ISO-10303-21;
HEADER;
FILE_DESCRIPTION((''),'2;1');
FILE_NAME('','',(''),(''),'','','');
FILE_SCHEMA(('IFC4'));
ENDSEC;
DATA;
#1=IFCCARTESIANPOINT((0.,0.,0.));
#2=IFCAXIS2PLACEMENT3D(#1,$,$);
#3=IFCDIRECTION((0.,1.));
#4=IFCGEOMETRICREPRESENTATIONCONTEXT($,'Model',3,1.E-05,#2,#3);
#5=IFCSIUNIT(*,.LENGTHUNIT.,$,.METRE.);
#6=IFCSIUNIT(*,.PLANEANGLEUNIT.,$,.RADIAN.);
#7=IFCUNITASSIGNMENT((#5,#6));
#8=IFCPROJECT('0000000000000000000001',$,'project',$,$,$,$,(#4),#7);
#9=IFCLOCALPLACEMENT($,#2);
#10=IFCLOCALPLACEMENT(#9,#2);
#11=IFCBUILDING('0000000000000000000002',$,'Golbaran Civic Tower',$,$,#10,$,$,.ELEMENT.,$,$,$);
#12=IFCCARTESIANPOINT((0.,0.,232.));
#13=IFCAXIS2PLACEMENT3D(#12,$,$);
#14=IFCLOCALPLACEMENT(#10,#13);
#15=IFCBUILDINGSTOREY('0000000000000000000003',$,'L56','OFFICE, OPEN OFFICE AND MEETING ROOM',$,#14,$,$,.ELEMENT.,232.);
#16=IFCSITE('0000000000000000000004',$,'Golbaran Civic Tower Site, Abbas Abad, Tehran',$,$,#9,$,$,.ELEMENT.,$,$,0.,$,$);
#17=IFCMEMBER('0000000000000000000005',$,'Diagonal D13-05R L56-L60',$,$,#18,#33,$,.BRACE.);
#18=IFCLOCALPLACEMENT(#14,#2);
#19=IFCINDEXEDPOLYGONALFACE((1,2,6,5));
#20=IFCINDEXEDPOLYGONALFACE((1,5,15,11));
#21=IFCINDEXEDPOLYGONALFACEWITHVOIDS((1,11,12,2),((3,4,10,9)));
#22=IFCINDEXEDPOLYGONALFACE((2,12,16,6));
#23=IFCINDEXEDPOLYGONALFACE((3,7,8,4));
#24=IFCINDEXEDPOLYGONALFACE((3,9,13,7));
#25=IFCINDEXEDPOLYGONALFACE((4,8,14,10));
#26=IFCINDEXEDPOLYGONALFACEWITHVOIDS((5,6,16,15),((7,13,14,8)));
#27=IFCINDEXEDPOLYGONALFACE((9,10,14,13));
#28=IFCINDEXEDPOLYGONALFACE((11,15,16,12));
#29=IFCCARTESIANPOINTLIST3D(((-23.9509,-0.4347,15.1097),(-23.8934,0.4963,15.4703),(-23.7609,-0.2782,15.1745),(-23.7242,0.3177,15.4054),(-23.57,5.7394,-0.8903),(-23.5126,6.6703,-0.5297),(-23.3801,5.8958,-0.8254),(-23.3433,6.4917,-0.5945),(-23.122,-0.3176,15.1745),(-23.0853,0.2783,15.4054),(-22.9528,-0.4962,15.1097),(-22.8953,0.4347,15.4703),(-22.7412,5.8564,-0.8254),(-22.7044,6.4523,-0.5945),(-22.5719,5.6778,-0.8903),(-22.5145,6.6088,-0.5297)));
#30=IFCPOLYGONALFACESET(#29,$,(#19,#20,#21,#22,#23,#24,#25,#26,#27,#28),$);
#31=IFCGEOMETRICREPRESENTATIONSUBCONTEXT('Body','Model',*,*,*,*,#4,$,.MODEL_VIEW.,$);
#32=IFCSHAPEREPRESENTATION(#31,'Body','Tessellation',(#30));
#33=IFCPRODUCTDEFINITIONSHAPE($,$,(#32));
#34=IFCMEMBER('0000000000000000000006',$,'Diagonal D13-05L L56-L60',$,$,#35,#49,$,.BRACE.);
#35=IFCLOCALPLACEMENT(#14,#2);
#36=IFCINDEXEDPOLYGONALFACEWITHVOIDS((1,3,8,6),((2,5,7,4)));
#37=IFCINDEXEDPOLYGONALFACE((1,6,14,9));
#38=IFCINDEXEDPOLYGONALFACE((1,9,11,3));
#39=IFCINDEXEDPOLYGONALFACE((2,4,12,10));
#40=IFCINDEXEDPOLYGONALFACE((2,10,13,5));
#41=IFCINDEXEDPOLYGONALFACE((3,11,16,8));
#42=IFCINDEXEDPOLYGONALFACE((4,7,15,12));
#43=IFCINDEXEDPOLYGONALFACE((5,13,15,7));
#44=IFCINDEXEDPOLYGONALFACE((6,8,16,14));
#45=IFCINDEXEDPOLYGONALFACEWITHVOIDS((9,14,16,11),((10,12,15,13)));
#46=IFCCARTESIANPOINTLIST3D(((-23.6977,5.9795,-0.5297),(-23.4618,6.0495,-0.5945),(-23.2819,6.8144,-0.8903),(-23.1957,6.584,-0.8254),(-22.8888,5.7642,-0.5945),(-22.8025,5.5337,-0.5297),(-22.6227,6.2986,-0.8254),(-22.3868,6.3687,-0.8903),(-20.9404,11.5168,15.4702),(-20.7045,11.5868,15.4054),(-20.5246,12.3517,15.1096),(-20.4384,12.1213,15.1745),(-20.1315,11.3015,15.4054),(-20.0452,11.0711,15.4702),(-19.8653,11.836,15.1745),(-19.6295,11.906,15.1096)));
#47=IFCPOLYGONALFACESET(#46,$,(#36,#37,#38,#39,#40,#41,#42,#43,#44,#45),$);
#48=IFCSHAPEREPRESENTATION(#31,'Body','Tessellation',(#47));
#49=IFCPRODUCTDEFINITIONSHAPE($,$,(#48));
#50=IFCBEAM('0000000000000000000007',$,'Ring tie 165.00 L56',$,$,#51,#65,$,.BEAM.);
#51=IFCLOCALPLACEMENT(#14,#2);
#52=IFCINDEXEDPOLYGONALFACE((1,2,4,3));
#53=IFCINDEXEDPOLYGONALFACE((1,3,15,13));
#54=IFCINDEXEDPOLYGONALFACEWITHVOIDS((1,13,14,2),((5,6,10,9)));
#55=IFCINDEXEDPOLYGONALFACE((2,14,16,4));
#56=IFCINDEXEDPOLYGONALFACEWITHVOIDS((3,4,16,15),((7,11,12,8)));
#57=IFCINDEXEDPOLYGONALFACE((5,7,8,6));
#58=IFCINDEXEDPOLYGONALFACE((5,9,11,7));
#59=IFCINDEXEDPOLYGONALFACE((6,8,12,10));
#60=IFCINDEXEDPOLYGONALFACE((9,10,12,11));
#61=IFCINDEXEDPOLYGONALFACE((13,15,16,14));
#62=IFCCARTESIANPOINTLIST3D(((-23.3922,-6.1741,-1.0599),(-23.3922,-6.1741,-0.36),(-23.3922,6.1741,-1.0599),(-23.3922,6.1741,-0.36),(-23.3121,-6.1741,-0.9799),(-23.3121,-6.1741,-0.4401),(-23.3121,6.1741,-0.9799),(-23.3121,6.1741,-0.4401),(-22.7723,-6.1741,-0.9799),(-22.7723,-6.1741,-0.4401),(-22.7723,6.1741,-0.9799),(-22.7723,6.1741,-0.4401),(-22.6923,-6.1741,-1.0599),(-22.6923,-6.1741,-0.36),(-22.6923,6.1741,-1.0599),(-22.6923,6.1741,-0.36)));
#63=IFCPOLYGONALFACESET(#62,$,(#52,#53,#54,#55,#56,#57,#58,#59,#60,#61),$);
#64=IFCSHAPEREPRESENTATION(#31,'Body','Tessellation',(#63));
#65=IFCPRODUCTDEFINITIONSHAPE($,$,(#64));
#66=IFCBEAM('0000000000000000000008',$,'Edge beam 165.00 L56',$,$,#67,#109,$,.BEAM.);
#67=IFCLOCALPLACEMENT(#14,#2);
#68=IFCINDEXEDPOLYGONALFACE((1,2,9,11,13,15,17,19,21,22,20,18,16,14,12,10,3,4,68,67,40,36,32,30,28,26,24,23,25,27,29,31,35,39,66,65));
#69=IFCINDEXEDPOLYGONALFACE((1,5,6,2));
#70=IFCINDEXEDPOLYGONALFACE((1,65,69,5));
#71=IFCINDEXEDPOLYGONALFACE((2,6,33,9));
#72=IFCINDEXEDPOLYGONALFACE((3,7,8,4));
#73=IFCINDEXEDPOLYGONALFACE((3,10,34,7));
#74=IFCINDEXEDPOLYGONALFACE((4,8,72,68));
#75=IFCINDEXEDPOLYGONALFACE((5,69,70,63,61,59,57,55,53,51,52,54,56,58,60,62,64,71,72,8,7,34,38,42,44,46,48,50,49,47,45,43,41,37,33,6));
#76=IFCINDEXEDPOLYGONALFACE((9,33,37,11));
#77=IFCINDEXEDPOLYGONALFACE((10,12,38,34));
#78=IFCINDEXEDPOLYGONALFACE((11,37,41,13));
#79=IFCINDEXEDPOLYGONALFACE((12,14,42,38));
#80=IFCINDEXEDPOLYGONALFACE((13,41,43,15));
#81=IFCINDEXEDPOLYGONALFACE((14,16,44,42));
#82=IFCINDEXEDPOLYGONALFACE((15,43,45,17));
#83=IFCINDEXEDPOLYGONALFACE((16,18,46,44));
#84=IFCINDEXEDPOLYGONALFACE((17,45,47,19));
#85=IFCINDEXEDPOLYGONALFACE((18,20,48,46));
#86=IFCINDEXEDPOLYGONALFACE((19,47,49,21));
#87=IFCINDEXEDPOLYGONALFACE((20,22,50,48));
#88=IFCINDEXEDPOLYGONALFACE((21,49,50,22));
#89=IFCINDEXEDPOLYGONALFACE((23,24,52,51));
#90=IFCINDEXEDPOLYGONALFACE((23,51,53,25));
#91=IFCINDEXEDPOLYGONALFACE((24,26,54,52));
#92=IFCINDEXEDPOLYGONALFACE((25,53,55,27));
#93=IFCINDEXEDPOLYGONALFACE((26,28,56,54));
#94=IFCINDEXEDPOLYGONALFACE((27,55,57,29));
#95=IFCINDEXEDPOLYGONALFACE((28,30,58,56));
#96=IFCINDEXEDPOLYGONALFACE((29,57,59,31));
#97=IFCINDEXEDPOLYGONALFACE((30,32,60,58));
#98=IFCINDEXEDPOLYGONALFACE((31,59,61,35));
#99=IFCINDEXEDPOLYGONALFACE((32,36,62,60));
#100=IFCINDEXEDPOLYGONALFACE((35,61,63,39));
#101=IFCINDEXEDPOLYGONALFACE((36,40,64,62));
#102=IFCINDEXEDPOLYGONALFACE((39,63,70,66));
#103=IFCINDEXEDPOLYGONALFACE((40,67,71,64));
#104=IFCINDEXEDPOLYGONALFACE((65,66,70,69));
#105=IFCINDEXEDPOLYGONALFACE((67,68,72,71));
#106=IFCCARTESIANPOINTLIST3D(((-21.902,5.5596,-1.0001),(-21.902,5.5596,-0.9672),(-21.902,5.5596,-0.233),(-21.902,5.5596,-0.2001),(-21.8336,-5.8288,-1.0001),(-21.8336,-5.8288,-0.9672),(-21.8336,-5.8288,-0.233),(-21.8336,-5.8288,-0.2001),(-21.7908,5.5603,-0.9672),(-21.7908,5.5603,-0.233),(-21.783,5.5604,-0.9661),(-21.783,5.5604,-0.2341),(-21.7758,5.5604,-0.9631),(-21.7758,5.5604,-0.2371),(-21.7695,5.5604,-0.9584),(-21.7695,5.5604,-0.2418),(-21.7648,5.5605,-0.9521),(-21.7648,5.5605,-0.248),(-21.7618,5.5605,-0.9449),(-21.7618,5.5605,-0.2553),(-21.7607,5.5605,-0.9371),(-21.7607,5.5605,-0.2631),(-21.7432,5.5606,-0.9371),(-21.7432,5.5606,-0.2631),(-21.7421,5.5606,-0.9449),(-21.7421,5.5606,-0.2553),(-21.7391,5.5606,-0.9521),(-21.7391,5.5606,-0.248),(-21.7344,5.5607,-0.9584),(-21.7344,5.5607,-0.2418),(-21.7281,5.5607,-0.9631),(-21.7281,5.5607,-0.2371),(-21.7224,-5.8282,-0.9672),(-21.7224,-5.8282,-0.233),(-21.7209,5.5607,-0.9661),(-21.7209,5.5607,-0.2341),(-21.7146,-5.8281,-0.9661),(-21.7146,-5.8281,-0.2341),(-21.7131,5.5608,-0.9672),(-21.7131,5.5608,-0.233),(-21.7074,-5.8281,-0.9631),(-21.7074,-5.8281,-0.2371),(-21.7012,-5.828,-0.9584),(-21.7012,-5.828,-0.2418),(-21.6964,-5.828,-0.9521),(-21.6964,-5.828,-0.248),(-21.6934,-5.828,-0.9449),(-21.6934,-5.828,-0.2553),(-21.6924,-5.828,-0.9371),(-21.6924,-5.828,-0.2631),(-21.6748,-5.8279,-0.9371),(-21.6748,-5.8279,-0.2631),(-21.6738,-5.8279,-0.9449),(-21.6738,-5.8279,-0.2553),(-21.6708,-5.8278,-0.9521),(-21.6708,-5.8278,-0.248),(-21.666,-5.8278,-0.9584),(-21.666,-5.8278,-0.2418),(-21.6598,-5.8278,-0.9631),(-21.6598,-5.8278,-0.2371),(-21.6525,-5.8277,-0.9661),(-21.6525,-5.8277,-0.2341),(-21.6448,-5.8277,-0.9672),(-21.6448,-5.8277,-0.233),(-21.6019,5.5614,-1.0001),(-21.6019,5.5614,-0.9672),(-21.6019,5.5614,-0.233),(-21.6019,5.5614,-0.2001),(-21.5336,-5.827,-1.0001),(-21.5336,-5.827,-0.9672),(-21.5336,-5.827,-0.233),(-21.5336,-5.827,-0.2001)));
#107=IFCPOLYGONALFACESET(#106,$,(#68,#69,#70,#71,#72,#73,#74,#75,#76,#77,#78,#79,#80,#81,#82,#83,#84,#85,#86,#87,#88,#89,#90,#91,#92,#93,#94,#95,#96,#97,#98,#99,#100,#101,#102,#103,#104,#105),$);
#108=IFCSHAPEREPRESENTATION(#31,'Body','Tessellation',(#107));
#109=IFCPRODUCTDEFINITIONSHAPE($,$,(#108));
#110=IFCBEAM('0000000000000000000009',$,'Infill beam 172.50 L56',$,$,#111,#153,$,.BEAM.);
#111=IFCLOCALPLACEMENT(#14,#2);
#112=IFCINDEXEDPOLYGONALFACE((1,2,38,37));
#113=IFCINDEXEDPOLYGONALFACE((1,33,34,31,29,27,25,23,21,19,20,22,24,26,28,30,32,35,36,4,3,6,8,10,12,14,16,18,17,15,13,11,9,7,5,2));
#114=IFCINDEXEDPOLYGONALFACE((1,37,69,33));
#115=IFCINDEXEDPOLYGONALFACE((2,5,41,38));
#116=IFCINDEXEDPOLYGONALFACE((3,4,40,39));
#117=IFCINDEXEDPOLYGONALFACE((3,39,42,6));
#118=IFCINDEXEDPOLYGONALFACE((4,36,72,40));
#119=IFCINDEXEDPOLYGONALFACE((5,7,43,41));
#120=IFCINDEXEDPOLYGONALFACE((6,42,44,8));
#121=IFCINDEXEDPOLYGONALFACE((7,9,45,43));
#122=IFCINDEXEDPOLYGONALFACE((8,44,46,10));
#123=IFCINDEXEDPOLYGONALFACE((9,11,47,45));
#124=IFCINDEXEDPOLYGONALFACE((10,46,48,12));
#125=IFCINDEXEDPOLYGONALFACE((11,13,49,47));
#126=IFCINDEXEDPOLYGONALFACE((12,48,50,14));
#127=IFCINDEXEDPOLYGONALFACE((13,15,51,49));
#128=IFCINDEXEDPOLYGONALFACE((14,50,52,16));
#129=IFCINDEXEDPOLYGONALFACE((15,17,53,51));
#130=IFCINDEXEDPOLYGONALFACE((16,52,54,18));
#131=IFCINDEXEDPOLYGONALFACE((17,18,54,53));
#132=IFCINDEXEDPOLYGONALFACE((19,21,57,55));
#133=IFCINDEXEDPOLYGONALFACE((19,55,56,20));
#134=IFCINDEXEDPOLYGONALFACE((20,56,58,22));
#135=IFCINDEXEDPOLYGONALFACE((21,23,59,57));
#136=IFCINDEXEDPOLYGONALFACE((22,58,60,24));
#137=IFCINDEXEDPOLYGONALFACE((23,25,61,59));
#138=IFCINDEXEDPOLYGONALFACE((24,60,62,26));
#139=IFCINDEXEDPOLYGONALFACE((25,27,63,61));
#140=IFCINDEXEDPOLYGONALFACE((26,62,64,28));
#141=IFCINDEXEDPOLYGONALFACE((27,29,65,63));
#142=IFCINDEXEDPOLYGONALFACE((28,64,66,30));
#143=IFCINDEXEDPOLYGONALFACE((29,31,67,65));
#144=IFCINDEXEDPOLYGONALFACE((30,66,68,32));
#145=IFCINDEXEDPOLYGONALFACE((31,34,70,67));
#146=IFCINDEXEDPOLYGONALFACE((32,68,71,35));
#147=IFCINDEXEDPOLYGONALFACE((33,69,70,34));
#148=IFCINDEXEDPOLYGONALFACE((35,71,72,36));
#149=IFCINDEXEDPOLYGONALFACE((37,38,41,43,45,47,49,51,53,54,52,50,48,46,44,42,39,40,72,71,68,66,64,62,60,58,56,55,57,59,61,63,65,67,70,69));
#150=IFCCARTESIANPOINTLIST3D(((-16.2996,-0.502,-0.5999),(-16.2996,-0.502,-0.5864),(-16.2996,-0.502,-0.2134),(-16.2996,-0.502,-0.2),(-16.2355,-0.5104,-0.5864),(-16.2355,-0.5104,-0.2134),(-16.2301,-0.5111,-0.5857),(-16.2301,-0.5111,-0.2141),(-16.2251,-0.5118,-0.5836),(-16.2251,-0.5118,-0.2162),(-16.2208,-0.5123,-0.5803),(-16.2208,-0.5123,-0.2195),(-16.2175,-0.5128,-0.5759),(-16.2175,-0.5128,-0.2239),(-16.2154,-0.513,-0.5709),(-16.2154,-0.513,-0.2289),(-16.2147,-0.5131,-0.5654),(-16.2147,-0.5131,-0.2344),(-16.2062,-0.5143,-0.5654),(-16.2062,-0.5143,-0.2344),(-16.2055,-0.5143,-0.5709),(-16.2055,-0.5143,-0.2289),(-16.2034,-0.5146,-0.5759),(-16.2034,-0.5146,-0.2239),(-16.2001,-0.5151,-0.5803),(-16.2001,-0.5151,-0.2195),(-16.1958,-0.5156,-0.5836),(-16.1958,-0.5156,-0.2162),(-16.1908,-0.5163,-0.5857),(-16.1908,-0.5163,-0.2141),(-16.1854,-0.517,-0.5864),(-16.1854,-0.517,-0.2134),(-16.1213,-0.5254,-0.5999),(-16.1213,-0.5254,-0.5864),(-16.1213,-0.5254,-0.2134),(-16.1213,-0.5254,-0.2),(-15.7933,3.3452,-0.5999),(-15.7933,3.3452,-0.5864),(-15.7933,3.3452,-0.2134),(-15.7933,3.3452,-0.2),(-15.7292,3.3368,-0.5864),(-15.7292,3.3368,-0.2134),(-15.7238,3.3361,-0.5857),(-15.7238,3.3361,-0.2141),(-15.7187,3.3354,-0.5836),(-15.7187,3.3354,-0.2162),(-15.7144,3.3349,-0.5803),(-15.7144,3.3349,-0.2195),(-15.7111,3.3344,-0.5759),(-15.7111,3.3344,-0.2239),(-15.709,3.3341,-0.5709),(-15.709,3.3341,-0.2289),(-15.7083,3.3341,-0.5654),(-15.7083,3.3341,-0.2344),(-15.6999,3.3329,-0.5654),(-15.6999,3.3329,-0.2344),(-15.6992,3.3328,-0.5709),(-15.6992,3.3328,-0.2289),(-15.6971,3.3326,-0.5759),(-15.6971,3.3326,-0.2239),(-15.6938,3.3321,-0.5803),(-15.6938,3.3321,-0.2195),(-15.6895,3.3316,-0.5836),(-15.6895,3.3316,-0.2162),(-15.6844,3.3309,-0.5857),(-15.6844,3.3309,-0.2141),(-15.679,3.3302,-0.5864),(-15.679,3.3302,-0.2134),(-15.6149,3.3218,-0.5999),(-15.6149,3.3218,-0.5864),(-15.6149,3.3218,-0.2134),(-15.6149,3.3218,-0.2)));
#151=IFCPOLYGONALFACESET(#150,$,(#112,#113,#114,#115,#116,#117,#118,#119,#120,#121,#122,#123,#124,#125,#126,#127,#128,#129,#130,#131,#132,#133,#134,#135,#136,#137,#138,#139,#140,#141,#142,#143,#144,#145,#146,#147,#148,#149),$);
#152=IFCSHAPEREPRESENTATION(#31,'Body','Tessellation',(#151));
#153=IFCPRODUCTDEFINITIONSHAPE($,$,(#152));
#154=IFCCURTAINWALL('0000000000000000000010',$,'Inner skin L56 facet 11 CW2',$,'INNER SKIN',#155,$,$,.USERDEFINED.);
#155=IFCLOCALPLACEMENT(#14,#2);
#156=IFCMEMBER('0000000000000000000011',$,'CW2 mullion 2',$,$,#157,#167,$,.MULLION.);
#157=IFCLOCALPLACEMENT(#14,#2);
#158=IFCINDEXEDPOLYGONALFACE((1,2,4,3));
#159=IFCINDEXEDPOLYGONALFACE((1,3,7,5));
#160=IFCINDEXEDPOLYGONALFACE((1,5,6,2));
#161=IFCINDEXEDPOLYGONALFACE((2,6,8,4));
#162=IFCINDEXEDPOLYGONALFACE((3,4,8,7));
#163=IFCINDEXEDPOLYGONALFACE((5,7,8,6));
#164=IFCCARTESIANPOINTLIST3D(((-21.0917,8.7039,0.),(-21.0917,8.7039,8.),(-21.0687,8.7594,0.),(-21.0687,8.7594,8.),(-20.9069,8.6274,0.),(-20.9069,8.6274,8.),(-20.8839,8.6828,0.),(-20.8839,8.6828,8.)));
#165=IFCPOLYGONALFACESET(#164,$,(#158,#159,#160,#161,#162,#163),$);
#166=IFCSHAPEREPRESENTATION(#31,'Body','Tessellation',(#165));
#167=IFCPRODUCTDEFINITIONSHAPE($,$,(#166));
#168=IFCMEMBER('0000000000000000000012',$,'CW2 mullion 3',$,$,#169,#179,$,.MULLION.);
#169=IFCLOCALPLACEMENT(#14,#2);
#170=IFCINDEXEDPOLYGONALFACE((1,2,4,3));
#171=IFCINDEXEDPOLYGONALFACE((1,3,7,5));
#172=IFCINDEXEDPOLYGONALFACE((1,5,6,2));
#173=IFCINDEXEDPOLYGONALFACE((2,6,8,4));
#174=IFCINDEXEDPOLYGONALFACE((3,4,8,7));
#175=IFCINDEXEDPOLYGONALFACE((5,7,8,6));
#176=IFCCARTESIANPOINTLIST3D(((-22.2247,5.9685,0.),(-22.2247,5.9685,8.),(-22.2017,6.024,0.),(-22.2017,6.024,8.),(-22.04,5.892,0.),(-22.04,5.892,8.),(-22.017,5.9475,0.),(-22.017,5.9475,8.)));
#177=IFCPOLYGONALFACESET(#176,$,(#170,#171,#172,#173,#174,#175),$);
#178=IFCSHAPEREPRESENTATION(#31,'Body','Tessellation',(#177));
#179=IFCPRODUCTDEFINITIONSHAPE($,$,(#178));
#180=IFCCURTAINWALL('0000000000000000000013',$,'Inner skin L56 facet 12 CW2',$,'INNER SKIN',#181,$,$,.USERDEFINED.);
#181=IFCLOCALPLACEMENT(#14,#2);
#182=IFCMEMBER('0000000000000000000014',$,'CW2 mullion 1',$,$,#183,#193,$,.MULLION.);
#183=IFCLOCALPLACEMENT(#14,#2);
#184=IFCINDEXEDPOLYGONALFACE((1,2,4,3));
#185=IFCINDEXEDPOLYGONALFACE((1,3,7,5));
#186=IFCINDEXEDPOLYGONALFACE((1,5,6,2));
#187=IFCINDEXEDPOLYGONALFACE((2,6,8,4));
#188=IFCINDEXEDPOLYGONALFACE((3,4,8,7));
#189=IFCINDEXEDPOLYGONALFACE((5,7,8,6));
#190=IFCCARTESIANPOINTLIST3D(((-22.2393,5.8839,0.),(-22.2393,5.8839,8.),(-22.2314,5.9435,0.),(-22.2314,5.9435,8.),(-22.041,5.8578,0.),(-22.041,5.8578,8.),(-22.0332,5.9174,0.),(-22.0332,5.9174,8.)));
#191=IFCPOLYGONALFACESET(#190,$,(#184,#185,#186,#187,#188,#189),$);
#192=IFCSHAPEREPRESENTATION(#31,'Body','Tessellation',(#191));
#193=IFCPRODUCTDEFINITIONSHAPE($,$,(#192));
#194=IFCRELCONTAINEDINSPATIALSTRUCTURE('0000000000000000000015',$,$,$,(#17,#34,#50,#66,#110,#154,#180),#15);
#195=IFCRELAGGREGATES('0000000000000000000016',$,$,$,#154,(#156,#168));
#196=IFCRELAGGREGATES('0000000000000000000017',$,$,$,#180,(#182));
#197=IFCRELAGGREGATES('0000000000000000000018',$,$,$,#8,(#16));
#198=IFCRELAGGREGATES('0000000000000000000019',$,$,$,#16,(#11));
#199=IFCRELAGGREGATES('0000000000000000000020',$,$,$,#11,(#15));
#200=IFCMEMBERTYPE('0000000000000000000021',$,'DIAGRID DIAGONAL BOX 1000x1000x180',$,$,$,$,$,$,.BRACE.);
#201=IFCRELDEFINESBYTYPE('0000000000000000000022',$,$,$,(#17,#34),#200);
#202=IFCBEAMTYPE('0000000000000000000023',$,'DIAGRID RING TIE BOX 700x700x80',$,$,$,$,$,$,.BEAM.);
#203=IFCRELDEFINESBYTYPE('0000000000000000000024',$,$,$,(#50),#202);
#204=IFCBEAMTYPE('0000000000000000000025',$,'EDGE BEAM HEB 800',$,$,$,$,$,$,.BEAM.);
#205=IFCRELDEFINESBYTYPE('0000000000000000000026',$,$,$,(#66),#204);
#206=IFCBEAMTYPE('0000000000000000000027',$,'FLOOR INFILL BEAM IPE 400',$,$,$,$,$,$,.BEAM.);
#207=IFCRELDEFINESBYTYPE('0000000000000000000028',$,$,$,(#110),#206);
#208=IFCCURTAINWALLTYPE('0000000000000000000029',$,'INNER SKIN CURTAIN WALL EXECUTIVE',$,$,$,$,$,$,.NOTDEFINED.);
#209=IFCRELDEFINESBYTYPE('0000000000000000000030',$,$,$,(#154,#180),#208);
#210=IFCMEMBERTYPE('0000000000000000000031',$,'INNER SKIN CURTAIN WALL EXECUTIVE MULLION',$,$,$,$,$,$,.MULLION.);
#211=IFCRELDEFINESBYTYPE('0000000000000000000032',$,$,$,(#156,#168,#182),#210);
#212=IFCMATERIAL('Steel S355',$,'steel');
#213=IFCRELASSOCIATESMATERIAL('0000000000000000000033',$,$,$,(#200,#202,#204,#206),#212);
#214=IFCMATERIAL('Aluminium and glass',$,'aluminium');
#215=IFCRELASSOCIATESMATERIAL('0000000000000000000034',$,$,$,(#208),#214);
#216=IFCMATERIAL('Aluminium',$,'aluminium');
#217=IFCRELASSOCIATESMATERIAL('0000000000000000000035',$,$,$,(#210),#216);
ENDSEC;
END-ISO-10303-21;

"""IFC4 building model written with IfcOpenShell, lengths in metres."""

from ifc_helpers import new_model, si_unit, direction, frame, origin, origin_2d, place, context, subcontext, project, spatial, rectangle, hollow_rectangle, i_section, extrude, material, material_profile, profile_set, type_object, element, aggregate, save


model = new_model("IFC4")

# Units and contexts
model_context = context("Model", 3, precision=1e-05, world=origin(), true_north=direction((0.0, 1.0)))
body_context = subcontext(model_context, "Body", "Model", "MODEL_VIEW")
ifc_project = project(units=[si_unit("LENGTHUNIT", "METRE"), si_unit("PLANEANGLEUNIT", "RADIAN")], contexts=[model_context])

# Site, building, storey
site_placement = place(None, origin())
site = spatial("IfcSite", under=ifc_project, at=site_placement, Name="Golbaran Civic Tower Site, Abbas Abad, Tehran", CompositionType="ELEMENT", RefElevation=0.0)
building_placement = place(site_placement, origin())
building = spatial("IfcBuilding", under=site, at=building_placement, Name="Golbaran Civic Tower", CompositionType="ELEMENT")
storey_placement = place(building_placement, frame((0.0, 0.0, 232.0)))
storey = spatial("IfcBuildingStorey", under=building, at=storey_placement, Name="L56", Description="OFFICE, OPEN OFFICE AND MEETING ROOM", CompositionType="ELEMENT", Elevation=232.0)

# Members
ifc_material_1 = material(Name="Steel S355", Category="steel")
ifc_material_profile_1 = material_profile(ifc_material_1, hollow_rectangle(XDim=1.0, YDim=1.0, WallThickness=0.1799, at=origin_2d()), Name="BOX 1000x1000x180")
ifc_profile_set_1 = profile_set([ifc_material_profile_1], Name="Steel S355")
member_type_1 = type_object("IfcMemberType", Name="DIAGRID DIAGONAL BOX 1000x1000x180", PredefinedType="BRACE", material=ifc_profile_set_1)
for number, where, z_axis, x_axis, name in (
    (1, (-23.0422, 6.1741, -0.71), (-0.022202, -0.359918, 0.93272), (0.998103, -0.06157, 0.0), "Diagonal D13-05R L56-L60"),
    (2, (-23.0422, 6.1741, -0.71), (0.160738, 0.3228, 0.932718), (-0.89516, 0.445745, 0.0), "Diagonal D13-05L L56-L60"),
):
    element("IfcMember", number, at=place(storey_placement, frame(where, z_axis=z_axis, x_axis=x_axis)), inside=storey, type_object=member_type_1, Name=name, PredefinedType="BRACE", context=body_context, shape_type="SweptSolid", body=[
        extrude(hollow_rectangle(XDim=1.0, YDim=1.0, WallThickness=0.1799, at=origin_2d()), origin(), (0.0, 0.0, 1.0), 17.1541),
    ])

# Beams
ifc_material_profile_2 = material_profile(ifc_material_1, hollow_rectangle(XDim=0.7, YDim=0.7, WallThickness=0.0801, at=origin_2d()), Name="BOX 700x700x80")
ifc_profile_set_2 = profile_set([ifc_material_profile_2], Name="Steel S355")
beam_type_1 = type_object("IfcBeamType", Name="DIAGRID RING TIE BOX 700x700x80", PredefinedType="BEAM", material=ifc_profile_set_2)
beam_1_placement = place(storey_placement, frame((-23.0422, 6.1741, -0.71), z_axis=(0.0, -1.0, 0.0), x_axis=(1.0, 0.0, 0.0)))
element("IfcBeam", 3, at=beam_1_placement, inside=storey, type_object=beam_type_1, Name="Ring tie 165.00 L56", PredefinedType="BEAM", context=body_context, shape_type="SweptSolid", body=[
    extrude(hollow_rectangle(XDim=0.7, YDim=0.7, WallThickness=0.0801, at=origin_2d()), origin(), (0.0, 0.0, 1.0), 12.3481),
])
ifc_material_profile_3 = material_profile(ifc_material_1, i_section(OverallWidth=0.3, OverallDepth=0.8, WebThickness=0.0176, FlangeThickness=0.033, FilletRadius=0.03, at=origin_2d()), Name="HEB 800")
ifc_profile_set_3 = profile_set([ifc_material_profile_3], Name="Steel S355")
beam_type_2 = type_object("IfcBeamType", Name="EDGE BEAM HEB 800", PredefinedType="BEAM", material=ifc_profile_set_3)
beam_2_placement = place(storey_placement, frame((-21.752, 5.5605, -0.6001), z_axis=(0.006002, -0.999982, 0.0), x_axis=(0.999982, 0.006002, 0.0)))
element("IfcBeam", 4, at=beam_2_placement, inside=storey, type_object=beam_type_2, Name="Edge beam 165.00 L56", PredefinedType="BEAM", context=body_context, shape_type="SweptSolid", body=[
    extrude(i_section(OverallWidth=0.3, OverallDepth=0.8, WebThickness=0.0176, FlangeThickness=0.033, FilletRadius=0.03, at=origin_2d()), origin(), (0.0, 0.0, 1.0), 11.3887),
])
ifc_material_profile_4 = material_profile(ifc_material_1, i_section(OverallWidth=0.1799, OverallDepth=0.3999, WebThickness=0.0085, FlangeThickness=0.0134, FilletRadius=0.021, at=origin_2d()), Name="IPE 400")
ifc_profile_set_4 = profile_set([ifc_material_profile_4], Name="Steel S355")
beam_type_3 = type_object("IfcBeamType", Name="FLOOR INFILL BEAM IPE 400", PredefinedType="BEAM", material=ifc_profile_set_4)
beam_3_placement = place(storey_placement, frame((-15.7041, 3.3335, -0.3999), z_axis=(-0.13049, -0.99145, 0.0), x_axis=(0.99145, -0.13049, 0.0)))
element("IfcBeam", 5, at=beam_3_placement, inside=storey, type_object=beam_type_3, Name="Infill beam 172.50 L56", PredefinedType="BEAM", context=body_context, shape_type="SweptSolid", body=[
    extrude(i_section(OverallWidth=0.1799, OverallDepth=0.3999, WebThickness=0.0085, FlangeThickness=0.0134, FilletRadius=0.021, at=origin_2d()), origin(), (0.0, 0.0, 1.0), 3.8804),
])

# Curtain walls, members
ifc_material_2 = material(Name="Aluminium and glass", Category="aluminium")
curtain_wall_type_1 = type_object("IfcCurtainWallType", Name="INNER SKIN CURTAIN WALL EXECUTIVE", PredefinedType="NOTDEFINED", material=ifc_material_2)
curtain_wall_1_placement = place(storey_placement, origin())
curtain_wall_1 = element("IfcCurtainWall", 6, at=curtain_wall_1_placement, inside=storey, type_object=curtain_wall_type_1, Name="Inner skin L56 facet 11 CW2", ObjectType="INNER SKIN", PredefinedType="USERDEFINED")
ifc_material_3 = material(Name="Aluminium", Category="aluminium")
ifc_material_profile_5 = material_profile(ifc_material_3, rectangle(XDim=0.2, YDim=0.0601, at=origin_2d()), Name="INNER SKIN CURTAIN WALL EXECUTIVE MULLION")
ifc_profile_set_5 = profile_set([ifc_material_profile_5], Name="Aluminium")
member_type_2 = type_object("IfcMemberType", Name="INNER SKIN CURTAIN WALL EXECUTIVE MULLION", PredefinedType="MULLION", material=ifc_profile_set_5)
member_1_placement = place(storey_placement, frame((-20.9878, 8.6934, 0.0), z_axis=(0.0, 0.0, 1.0), x_axis=(0.92388, -0.382683, 0.0)))
member_1 = element("IfcMember", 7, at=member_1_placement, type_object=member_type_2, Name="CW2 mullion 2", PredefinedType="MULLION", context=body_context, shape_type="SweptSolid", body=[
    extrude(rectangle(XDim=0.2, YDim=0.0601, at=origin_2d()), origin(), (0.0, 0.0, 1.0), 8.0),
])
member_2_placement = place(storey_placement, frame((-22.1208, 5.958, 0.0), z_axis=(0.0, 0.0, 1.0), x_axis=(0.92388, -0.382683, 0.0)))
member_2 = element("IfcMember", 8, at=member_2_placement, type_object=member_type_2, Name="CW2 mullion 3", PredefinedType="MULLION", context=body_context, shape_type="SweptSolid", body=[
    extrude(rectangle(XDim=0.2, YDim=0.0601, at=origin_2d()), origin(), (0.0, 0.0, 1.0), 8.0),
])
curtain_wall_2_placement = place(storey_placement, origin())
curtain_wall_2 = element("IfcCurtainWall", 9, at=curtain_wall_2_placement, inside=storey, type_object=curtain_wall_type_1, Name="Inner skin L56 facet 12 CW2", ObjectType="INNER SKIN", PredefinedType="USERDEFINED")
member_3_placement = place(storey_placement, frame((-22.1362, 5.9006, 0.0), z_axis=(0.0, 0.0, 1.0), x_axis=(0.991445, -0.130526, 0.0)))
member_3 = element("IfcMember", 10, at=member_3_placement, type_object=member_type_2, Name="CW2 mullion 1", PredefinedType="MULLION", context=body_context, shape_type="SweptSolid", body=[
    extrude(rectangle(XDim=0.2, YDim=0.0601, at=origin_2d()), origin(), (0.0, 0.0, 1.0), 8.0),
])

aggregate(curtain_wall_1, [member_1, member_2])
aggregate(curtain_wall_2, [member_3])

save(model, "model.ifc")
